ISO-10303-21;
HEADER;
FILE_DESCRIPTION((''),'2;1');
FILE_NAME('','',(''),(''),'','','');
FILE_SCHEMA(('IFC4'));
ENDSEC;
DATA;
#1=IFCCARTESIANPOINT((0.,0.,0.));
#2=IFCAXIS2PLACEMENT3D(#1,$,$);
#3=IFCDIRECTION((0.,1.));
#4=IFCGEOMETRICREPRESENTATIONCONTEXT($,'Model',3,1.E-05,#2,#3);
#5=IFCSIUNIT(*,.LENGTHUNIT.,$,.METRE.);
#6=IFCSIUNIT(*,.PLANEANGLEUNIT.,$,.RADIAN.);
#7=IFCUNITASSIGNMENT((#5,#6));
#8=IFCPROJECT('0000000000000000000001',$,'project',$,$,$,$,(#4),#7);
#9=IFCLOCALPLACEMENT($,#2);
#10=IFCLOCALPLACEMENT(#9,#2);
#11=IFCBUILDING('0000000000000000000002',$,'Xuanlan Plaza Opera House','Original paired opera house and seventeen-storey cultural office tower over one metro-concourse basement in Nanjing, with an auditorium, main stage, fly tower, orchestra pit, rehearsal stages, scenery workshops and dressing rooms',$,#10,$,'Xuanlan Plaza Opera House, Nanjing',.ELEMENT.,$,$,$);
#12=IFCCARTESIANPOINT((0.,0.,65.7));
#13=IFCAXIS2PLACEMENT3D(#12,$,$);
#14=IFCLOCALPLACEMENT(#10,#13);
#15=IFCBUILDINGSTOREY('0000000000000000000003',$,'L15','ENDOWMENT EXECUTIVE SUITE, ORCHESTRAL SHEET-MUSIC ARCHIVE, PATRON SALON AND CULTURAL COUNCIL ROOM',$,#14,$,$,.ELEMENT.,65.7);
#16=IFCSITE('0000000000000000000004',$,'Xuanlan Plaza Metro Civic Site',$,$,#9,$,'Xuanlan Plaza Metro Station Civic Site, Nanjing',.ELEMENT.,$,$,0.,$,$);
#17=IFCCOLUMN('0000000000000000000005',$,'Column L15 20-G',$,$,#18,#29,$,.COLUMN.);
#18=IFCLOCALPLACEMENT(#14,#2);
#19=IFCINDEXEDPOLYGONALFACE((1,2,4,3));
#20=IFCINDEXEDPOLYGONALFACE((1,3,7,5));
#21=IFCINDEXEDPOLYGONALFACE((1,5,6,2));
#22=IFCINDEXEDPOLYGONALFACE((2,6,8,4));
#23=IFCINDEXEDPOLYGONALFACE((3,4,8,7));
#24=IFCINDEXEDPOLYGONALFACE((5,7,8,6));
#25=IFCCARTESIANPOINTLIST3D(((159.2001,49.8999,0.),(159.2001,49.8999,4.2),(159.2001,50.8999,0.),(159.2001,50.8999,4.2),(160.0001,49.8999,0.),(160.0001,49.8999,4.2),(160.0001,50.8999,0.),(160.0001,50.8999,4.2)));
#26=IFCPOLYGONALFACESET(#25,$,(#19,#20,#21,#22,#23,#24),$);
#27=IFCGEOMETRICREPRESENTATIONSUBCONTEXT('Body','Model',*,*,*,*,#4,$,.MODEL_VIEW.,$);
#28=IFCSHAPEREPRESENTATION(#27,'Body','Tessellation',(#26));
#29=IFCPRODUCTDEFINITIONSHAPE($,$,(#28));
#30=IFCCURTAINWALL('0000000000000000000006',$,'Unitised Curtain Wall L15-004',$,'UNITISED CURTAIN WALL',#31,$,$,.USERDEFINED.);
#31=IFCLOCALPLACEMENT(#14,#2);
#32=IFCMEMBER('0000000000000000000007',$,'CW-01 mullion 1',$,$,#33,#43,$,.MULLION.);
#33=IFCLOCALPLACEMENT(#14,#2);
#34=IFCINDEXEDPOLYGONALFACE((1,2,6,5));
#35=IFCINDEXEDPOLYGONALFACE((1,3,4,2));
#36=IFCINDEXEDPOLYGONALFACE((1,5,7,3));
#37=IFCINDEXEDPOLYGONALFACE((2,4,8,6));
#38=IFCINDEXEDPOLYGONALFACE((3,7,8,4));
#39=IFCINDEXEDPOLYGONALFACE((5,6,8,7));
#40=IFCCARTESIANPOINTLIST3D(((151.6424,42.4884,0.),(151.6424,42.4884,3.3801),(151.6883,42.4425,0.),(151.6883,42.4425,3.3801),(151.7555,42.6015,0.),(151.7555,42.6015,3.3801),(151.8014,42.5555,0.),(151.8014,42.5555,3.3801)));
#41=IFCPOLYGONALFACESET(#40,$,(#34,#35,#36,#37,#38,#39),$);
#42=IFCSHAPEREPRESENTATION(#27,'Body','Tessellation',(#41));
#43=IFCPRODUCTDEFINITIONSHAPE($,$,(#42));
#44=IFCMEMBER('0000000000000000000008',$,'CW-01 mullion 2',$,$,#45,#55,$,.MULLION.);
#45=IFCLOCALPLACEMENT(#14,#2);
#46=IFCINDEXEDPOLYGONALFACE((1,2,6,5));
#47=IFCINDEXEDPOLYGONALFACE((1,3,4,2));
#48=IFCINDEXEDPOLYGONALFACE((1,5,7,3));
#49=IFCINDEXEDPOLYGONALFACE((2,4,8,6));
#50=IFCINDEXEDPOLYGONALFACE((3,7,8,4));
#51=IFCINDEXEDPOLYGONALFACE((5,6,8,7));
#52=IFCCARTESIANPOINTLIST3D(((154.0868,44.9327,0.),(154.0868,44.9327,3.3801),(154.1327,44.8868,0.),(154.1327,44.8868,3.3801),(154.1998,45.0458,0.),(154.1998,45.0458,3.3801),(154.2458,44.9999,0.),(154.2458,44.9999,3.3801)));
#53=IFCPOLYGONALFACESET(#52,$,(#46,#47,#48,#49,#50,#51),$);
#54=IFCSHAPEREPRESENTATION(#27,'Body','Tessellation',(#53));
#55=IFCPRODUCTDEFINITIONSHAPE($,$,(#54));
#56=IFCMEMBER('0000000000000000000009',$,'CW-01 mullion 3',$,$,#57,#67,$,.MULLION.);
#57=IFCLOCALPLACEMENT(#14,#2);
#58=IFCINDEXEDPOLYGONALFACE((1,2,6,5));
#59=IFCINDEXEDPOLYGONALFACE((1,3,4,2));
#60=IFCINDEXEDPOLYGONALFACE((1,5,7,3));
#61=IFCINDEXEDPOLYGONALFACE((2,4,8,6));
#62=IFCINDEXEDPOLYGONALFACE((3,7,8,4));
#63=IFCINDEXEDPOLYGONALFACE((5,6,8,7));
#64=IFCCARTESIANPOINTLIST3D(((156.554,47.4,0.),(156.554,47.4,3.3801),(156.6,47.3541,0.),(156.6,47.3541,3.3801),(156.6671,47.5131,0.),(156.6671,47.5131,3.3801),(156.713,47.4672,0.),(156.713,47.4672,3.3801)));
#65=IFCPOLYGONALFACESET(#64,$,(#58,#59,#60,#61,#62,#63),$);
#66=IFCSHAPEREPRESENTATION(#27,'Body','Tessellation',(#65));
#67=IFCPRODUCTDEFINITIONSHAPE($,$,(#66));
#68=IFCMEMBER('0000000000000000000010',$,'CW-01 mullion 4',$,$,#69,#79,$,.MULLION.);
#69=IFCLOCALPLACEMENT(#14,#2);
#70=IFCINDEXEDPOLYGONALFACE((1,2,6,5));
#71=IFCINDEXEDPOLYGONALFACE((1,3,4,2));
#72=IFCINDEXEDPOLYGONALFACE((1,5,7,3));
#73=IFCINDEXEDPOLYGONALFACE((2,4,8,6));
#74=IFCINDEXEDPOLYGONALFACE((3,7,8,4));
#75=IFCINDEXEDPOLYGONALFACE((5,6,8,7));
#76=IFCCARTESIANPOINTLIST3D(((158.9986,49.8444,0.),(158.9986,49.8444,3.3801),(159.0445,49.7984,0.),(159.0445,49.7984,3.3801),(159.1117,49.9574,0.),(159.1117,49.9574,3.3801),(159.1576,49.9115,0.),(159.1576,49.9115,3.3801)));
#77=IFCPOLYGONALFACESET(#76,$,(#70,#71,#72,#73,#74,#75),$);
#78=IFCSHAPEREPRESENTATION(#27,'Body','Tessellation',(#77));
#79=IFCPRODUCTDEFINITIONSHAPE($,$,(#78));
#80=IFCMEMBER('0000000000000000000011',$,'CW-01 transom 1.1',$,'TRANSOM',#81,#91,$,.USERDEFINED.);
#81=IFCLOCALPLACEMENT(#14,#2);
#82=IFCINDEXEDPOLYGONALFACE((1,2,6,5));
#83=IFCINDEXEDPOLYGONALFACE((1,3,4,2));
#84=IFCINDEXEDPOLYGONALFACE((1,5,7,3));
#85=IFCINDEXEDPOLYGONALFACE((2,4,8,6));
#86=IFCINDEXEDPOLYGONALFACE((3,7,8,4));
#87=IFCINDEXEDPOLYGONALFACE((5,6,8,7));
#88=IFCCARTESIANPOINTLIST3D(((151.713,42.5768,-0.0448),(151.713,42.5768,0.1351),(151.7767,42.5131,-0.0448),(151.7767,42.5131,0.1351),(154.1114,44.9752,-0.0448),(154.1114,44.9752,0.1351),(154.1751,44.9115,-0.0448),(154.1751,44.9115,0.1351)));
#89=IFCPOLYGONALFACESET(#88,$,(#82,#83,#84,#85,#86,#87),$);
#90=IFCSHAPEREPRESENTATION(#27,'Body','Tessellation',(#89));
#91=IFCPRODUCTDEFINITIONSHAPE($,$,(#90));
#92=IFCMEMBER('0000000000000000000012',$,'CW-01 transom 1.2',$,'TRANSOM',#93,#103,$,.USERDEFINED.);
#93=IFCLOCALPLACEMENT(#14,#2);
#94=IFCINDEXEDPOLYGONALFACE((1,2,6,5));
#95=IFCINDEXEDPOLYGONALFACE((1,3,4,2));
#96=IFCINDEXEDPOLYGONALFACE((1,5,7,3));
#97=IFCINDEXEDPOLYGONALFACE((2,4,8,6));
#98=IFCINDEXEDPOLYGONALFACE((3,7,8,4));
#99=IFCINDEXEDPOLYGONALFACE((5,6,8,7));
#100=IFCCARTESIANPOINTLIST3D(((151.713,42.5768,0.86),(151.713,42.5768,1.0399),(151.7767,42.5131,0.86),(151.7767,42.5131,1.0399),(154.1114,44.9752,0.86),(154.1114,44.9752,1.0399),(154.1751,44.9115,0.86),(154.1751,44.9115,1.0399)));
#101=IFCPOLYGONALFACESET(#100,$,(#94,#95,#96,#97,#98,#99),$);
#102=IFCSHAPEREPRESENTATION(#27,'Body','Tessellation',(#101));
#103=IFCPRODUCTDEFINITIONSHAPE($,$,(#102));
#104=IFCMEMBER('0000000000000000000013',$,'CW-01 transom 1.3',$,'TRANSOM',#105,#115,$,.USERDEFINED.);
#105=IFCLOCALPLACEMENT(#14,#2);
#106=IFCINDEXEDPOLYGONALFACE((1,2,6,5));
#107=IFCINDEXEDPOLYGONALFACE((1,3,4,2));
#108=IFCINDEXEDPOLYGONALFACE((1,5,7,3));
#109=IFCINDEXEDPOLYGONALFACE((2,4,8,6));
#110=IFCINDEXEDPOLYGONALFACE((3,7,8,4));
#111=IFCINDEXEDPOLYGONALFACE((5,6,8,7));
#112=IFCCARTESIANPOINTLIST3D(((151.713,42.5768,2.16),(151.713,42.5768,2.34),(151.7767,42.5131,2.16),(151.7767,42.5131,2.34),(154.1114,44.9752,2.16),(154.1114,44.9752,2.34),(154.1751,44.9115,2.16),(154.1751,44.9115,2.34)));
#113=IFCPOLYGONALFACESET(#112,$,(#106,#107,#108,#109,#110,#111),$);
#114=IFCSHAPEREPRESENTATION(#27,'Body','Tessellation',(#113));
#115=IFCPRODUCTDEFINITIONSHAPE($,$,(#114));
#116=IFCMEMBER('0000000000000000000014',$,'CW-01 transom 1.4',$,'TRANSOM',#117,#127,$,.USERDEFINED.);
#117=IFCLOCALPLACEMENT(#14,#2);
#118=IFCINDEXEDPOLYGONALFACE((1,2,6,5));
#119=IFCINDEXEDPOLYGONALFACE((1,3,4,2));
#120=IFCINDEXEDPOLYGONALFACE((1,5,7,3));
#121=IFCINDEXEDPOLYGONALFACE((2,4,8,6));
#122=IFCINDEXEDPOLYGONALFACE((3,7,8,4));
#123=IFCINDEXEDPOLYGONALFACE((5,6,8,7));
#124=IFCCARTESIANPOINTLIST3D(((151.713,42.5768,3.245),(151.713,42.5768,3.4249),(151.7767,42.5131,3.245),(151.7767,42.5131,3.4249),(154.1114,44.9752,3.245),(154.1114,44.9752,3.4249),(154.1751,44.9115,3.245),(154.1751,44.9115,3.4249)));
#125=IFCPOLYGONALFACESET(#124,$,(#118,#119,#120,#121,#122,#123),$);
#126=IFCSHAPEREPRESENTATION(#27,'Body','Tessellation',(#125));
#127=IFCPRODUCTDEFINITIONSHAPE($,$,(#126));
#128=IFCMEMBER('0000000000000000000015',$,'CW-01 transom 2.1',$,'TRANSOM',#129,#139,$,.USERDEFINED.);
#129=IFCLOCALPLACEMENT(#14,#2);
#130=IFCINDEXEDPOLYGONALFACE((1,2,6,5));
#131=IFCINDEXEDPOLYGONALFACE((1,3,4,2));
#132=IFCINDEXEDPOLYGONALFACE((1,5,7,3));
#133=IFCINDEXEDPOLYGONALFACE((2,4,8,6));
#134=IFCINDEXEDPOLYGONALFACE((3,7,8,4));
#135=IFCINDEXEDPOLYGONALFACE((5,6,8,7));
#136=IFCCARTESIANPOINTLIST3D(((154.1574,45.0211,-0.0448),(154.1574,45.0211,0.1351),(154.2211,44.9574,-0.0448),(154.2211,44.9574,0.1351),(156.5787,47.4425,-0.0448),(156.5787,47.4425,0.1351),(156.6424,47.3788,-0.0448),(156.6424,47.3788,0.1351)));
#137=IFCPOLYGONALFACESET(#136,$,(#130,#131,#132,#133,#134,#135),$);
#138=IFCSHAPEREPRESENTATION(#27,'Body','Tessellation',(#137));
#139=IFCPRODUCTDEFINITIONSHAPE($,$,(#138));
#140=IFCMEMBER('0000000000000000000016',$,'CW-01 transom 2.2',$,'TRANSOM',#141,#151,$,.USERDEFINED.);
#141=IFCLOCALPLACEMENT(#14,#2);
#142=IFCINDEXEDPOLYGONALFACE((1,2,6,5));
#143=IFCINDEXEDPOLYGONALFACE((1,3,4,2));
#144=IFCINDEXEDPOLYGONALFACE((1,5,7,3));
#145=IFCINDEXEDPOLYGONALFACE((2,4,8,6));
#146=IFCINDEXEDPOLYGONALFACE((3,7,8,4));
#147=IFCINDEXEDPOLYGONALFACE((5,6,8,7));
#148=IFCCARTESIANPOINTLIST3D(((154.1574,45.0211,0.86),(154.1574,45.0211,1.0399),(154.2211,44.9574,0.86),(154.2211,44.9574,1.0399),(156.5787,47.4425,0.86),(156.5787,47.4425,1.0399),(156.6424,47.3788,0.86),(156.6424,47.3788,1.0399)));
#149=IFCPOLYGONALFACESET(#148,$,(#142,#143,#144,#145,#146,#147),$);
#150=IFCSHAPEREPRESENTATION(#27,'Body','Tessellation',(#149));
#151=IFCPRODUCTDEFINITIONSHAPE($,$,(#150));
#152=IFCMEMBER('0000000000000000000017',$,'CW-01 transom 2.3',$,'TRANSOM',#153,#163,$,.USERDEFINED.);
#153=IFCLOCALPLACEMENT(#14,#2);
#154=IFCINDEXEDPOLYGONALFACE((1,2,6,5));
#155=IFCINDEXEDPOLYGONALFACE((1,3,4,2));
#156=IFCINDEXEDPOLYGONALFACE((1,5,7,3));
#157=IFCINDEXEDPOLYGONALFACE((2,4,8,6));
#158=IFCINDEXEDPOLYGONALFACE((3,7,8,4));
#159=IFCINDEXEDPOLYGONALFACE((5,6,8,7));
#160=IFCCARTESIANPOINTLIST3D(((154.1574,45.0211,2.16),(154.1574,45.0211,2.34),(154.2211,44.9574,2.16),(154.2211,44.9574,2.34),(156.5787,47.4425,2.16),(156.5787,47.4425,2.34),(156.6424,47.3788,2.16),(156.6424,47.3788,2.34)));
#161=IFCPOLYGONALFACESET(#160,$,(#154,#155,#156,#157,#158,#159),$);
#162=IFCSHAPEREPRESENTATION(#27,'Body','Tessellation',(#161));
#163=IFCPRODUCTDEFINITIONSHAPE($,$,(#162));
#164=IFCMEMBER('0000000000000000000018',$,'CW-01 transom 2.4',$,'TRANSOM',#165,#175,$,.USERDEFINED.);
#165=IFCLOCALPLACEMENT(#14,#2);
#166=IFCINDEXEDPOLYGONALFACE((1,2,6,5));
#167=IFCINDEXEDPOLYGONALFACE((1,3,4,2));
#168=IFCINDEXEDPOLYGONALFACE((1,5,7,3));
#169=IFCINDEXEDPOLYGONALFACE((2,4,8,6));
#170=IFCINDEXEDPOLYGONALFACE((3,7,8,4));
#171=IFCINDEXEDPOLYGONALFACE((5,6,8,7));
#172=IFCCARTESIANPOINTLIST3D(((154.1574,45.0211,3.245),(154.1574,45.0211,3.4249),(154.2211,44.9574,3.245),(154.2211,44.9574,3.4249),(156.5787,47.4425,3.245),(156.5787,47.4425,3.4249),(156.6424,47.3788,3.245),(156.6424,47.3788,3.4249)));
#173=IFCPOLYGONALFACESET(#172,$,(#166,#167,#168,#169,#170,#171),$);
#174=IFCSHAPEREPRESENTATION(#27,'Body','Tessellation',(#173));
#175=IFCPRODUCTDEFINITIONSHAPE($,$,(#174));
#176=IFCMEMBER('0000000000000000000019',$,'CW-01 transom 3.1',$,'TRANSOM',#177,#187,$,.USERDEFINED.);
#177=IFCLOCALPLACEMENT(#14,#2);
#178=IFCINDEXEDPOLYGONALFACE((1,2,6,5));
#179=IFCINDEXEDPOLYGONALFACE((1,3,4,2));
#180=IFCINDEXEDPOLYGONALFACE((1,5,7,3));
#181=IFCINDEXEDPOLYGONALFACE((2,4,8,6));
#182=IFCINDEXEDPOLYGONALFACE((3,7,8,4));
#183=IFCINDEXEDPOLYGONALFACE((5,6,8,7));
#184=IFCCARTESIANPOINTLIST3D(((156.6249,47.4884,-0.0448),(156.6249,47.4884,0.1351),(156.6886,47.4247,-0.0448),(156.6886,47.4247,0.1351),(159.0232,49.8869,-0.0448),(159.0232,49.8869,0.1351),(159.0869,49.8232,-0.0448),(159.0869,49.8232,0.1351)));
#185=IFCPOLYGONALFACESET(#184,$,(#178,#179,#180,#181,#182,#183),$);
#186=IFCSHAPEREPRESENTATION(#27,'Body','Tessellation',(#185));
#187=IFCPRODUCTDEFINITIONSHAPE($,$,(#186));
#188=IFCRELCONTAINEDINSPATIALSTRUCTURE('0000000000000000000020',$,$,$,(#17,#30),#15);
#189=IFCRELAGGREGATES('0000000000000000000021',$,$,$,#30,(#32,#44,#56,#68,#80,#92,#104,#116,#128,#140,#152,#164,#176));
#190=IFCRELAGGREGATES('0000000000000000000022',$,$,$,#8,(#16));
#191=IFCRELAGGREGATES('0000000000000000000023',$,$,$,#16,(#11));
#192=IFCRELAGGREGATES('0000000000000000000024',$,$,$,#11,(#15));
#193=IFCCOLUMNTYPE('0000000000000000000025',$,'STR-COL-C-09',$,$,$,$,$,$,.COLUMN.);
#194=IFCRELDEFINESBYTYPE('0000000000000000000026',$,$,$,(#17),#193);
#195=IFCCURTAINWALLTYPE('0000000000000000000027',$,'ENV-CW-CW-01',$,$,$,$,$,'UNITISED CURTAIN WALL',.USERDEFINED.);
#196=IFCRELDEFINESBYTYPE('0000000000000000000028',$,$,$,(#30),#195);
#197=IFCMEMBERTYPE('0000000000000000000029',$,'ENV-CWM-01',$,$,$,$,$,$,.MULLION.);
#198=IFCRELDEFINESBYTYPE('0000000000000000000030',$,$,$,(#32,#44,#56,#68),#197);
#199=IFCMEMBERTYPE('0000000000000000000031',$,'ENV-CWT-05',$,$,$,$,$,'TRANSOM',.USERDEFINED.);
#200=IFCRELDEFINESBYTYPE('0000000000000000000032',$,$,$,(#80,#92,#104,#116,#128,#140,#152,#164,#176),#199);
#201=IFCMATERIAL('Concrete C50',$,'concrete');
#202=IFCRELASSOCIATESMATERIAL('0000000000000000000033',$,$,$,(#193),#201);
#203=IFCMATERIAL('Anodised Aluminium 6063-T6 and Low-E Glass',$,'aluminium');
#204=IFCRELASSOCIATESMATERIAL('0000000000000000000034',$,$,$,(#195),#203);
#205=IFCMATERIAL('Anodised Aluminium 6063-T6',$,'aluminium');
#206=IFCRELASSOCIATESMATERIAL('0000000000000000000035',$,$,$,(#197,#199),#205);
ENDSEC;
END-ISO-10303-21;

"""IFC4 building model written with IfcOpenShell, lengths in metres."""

from ifc_helpers import new_model, si_unit, direction, frame, origin, origin_2d, place, context, subcontext, project, spatial, rectangle, extrude, material, material_profile, profile_set, type_object, element, aggregate, save


model = new_model("IFC4")

# Units and contexts
model_context = context("Model", 3, precision=1e-05, world=origin(), true_north=direction((0.0, 1.0)))
body_context = subcontext(model_context, "Body", "Model", "MODEL_VIEW")
ifc_project = project(units=[si_unit("LENGTHUNIT", "METRE"), si_unit("PLANEANGLEUNIT", "RADIAN")], contexts=[model_context])

# Site, building, storey
site_placement = place(None, origin())
site = spatial("IfcSite", under=ifc_project, at=site_placement, Name="Xuanlan Plaza Metro Civic Site", LongName="Xuanlan Plaza Metro Station Civic Site, Nanjing", CompositionType="ELEMENT", RefElevation=0.0)
building_placement = place(site_placement, origin())
building = spatial("IfcBuilding", under=site, at=building_placement, Name="Xuanlan Plaza Opera House", Description="Original paired opera house and seventeen-storey cultural office tower over one metro-concourse basement in Nanjing, with an auditorium, main stage, fly tower, orchestra pit, rehearsal stages, scenery workshops and dressing rooms", LongName="Xuanlan Plaza Opera House, Nanjing", CompositionType="ELEMENT")
storey_placement = place(building_placement, frame((0.0, 0.0, 65.7)))
storey = spatial("IfcBuildingStorey", under=building, at=storey_placement, Name="L15", Description="ENDOWMENT EXECUTIVE SUITE, ORCHESTRAL SHEET-MUSIC ARCHIVE, PATRON SALON AND CULTURAL COUNCIL ROOM", CompositionType="ELEMENT", Elevation=65.7)

# Column
ifc_material_1 = material(Name="Concrete C50", Category="concrete")
ifc_material_profile_1 = material_profile(ifc_material_1, rectangle(XDim=0.8, YDim=1.0, at=origin_2d()), Name="RC-COL 800x1000")
ifc_profile_set_1 = profile_set([ifc_material_profile_1], Name="Concrete C50")
column_type = type_object("IfcColumnType", Name="STR-COL-C-09", PredefinedType="COLUMN", material=ifc_profile_set_1)
column_placement = place(storey_placement, frame((159.6001, 50.3999, 0.0), z_axis=(0.0, 0.0, 1.0), x_axis=(1.0, 0.0, 0.0)))
element("IfcColumn", 1, at=column_placement, inside=storey, type_object=column_type, Name="Column L15 20-G", PredefinedType="COLUMN", context=body_context, shape_type="SweptSolid", body=[
    extrude(rectangle(XDim=0.8, YDim=1.0, at=origin_2d()), origin(), (0.0, 0.0, 1.0), 4.2),
])

# Curtain wall, members
ifc_material_2 = material(Name="Anodised Aluminium 6063-T6 and Low-E Glass", Category="aluminium")
curtain_wall_type = type_object("IfcCurtainWallType", Name="ENV-CW-CW-01", ElementType="UNITISED CURTAIN WALL", PredefinedType="USERDEFINED", material=ifc_material_2)
curtain_wall_placement = place(storey_placement, origin())
curtain_wall = element("IfcCurtainWall", 2, at=curtain_wall_placement, inside=storey, type_object=curtain_wall_type, Name="Unitised Curtain Wall L15-004", ObjectType="UNITISED CURTAIN WALL", PredefinedType="USERDEFINED")
ifc_material_3 = material(Name="Anodised Aluminium 6063-T6", Category="aluminium")
ifc_material_profile_2 = material_profile(ifc_material_3, rectangle(XDim=0.0649, YDim=0.1599, at=origin_2d()), Name="ALU-M 65x160")
ifc_profile_set_2 = profile_set([ifc_material_profile_2], Name="Anodised Aluminium 6063-T6")
member_type_1 = type_object("IfcMemberType", Name="ENV-CWM-01", PredefinedType="MULLION", material=ifc_profile_set_2)
member_1_placement = place(storey_placement, frame((151.7219, 42.522, 0.0), z_axis=(0.0, 0.0, 1.0), x_axis=(-0.707107, 0.707107, 0.0)))
member_1 = element("IfcMember", 3, at=member_1_placement, type_object=member_type_1, Name="CW-01 mullion 1", PredefinedType="MULLION", context=body_context, shape_type="SweptSolid", body=[
    extrude(rectangle(XDim=0.0649, YDim=0.1599, at=origin_2d()), origin(), (0.0, 0.0, 1.0), 3.3801),
])
member_2_placement = place(storey_placement, frame((154.1663, 44.9663, 0.0), z_axis=(0.0, 0.0, 1.0), x_axis=(-0.707107, 0.707107, 0.0)))
member_2 = element("IfcMember", 4, at=member_2_placement, type_object=member_type_1, Name="CW-01 mullion 2", PredefinedType="MULLION", context=body_context, shape_type="SweptSolid", body=[
    extrude(rectangle(XDim=0.0649, YDim=0.1599, at=origin_2d()), origin(), (0.0, 0.0, 1.0), 3.3801),
])
member_3_placement = place(storey_placement, frame((156.6335, 47.4336, 0.0), z_axis=(0.0, 0.0, 1.0), x_axis=(-0.707107, 0.707107, 0.0)))
member_3 = element("IfcMember", 5, at=member_3_placement, type_object=member_type_1, Name="CW-01 mullion 3", PredefinedType="MULLION", context=body_context, shape_type="SweptSolid", body=[
    extrude(rectangle(XDim=0.0649, YDim=0.1599, at=origin_2d()), origin(), (0.0, 0.0, 1.0), 3.3801),
])
member_4_placement = place(storey_placement, frame((159.0781, 49.8779, 0.0), z_axis=(0.0, 0.0, 1.0), x_axis=(-0.707107, 0.707107, 0.0)))
member_4 = element("IfcMember", 6, at=member_4_placement, type_object=member_type_1, Name="CW-01 mullion 4", PredefinedType="MULLION", context=body_context, shape_type="SweptSolid", body=[
    extrude(rectangle(XDim=0.0649, YDim=0.1599, at=origin_2d()), origin(), (0.0, 0.0, 1.0), 3.3801),
])
ifc_material_profile_3 = material_profile(ifc_material_3, rectangle(XDim=0.0901, YDim=0.1799, at=origin_2d()), Name="ALU-T 90x180")
ifc_profile_set_3 = profile_set([ifc_material_profile_3], Name="Anodised Aluminium 6063-T6")
member_type_2 = type_object("IfcMemberType", Name="ENV-CWT-05", ElementType="TRANSOM", PredefinedType="USERDEFINED", material=ifc_profile_set_3)
member_5_placement = place(storey_placement, frame((151.7449, 42.5449, 0.0452), z_axis=(0.707107, 0.707107, 0.0), x_axis=(-0.707107, 0.707107, 0.0)))
member_5 = element("IfcMember", 7, at=member_5_placement, type_object=member_type_2, Name="CW-01 transom 1.1", ObjectType="TRANSOM", PredefinedType="USERDEFINED", context=body_context, shape_type="SweptSolid", body=[
    extrude(rectangle(XDim=0.0901, YDim=0.1799, at=origin_2d()), origin(), (0.0, 0.0, 1.0), 3.3918),
])
member_6_placement = place(storey_placement, frame((151.7449, 42.5449, 0.95), z_axis=(0.707107, 0.707107, 0.0), x_axis=(-0.707107, 0.707107, 0.0)))
member_6 = element("IfcMember", 8, at=member_6_placement, type_object=member_type_2, Name="CW-01 transom 1.2", ObjectType="TRANSOM", PredefinedType="USERDEFINED", context=body_context, shape_type="SweptSolid", body=[
    extrude(rectangle(XDim=0.0901, YDim=0.1799, at=origin_2d()), origin(), (0.0, 0.0, 1.0), 3.3918),
])
member_7_placement = place(storey_placement, frame((151.7449, 42.5449, 2.25), z_axis=(0.707107, 0.707107, 0.0), x_axis=(-0.707107, 0.707107, 0.0)))
member_7 = element("IfcMember", 9, at=member_7_placement, type_object=member_type_2, Name="CW-01 transom 1.3", ObjectType="TRANSOM", PredefinedType="USERDEFINED", context=body_context, shape_type="SweptSolid", body=[
    extrude(rectangle(XDim=0.0901, YDim=0.1799, at=origin_2d()), origin(), (0.0, 0.0, 1.0), 3.3918),
])
member_8_placement = place(storey_placement, frame((151.7449, 42.5449, 3.335), z_axis=(0.707107, 0.707107, 0.0), x_axis=(-0.707107, 0.707107, 0.0)))
member_8 = element("IfcMember", 10, at=member_8_placement, type_object=member_type_2, Name="CW-01 transom 1.4", ObjectType="TRANSOM", PredefinedType="USERDEFINED", context=body_context, shape_type="SweptSolid", body=[
    extrude(rectangle(XDim=0.0901, YDim=0.1799, at=origin_2d()), origin(), (0.0, 0.0, 1.0), 3.3918),
])
member_9_placement = place(storey_placement, frame((154.1892, 44.9893, 0.0452), z_axis=(0.707107, 0.707107, 0.0), x_axis=(-0.707107, 0.707107, 0.0)))
member_9 = element("IfcMember", 11, at=member_9_placement, type_object=member_type_2, Name="CW-01 transom 2.1", ObjectType="TRANSOM", PredefinedType="USERDEFINED", context=body_context, shape_type="SweptSolid", body=[
    extrude(rectangle(XDim=0.0901, YDim=0.1799, at=origin_2d()), origin(), (0.0, 0.0, 1.0), 3.4243),
])
member_10_placement = place(storey_placement, frame((154.1892, 44.9893, 0.95), z_axis=(0.707107, 0.707107, 0.0), x_axis=(-0.707107, 0.707107, 0.0)))
member_10 = element("IfcMember", 12, at=member_10_placement, type_object=member_type_2, Name="CW-01 transom 2.2", ObjectType="TRANSOM", PredefinedType="USERDEFINED", context=body_context, shape_type="SweptSolid", body=[
    extrude(rectangle(XDim=0.0901, YDim=0.1799, at=origin_2d()), origin(), (0.0, 0.0, 1.0), 3.4243),
])
member_11_placement = place(storey_placement, frame((154.1892, 44.9893, 2.25), z_axis=(0.707107, 0.707107, 0.0), x_axis=(-0.707107, 0.707107, 0.0)))
member_11 = element("IfcMember", 13, at=member_11_placement, type_object=member_type_2, Name="CW-01 transom 2.3", ObjectType="TRANSOM", PredefinedType="USERDEFINED", context=body_context, shape_type="SweptSolid", body=[
    extrude(rectangle(XDim=0.0901, YDim=0.1799, at=origin_2d()), origin(), (0.0, 0.0, 1.0), 3.4243),
])
member_12_placement = place(storey_placement, frame((154.1892, 44.9893, 3.335), z_axis=(0.707107, 0.707107, 0.0), x_axis=(-0.707107, 0.707107, 0.0)))
member_12 = element("IfcMember", 14, at=member_12_placement, type_object=member_type_2, Name="CW-01 transom 2.4", ObjectType="TRANSOM", PredefinedType="USERDEFINED", context=body_context, shape_type="SweptSolid", body=[
    extrude(rectangle(XDim=0.0901, YDim=0.1799, at=origin_2d()), origin(), (0.0, 0.0, 1.0), 3.4243),
])
member_13_placement = place(storey_placement, frame((156.6567, 47.4565, 0.0452), z_axis=(0.707071, 0.707143, 0.0), x_axis=(-0.707143, 0.707071, 0.0)))
member_13 = element("IfcMember", 15, at=member_13_placement, type_object=member_type_2, Name="CW-01 transom 3.1", ObjectType="TRANSOM", PredefinedType="USERDEFINED", context=body_context, shape_type="SweptSolid", body=[
    extrude(rectangle(XDim=0.0901, YDim=0.1799, at=origin_2d()), origin(), (0.0, 0.0, 1.0), 3.3918),
])

aggregate(curtain_wall, [member_1, member_2, member_3, member_4, member_5, member_6, member_7, member_8, member_9, member_10, member_11, member_12, member_13])

save(model, "model.ifc")
